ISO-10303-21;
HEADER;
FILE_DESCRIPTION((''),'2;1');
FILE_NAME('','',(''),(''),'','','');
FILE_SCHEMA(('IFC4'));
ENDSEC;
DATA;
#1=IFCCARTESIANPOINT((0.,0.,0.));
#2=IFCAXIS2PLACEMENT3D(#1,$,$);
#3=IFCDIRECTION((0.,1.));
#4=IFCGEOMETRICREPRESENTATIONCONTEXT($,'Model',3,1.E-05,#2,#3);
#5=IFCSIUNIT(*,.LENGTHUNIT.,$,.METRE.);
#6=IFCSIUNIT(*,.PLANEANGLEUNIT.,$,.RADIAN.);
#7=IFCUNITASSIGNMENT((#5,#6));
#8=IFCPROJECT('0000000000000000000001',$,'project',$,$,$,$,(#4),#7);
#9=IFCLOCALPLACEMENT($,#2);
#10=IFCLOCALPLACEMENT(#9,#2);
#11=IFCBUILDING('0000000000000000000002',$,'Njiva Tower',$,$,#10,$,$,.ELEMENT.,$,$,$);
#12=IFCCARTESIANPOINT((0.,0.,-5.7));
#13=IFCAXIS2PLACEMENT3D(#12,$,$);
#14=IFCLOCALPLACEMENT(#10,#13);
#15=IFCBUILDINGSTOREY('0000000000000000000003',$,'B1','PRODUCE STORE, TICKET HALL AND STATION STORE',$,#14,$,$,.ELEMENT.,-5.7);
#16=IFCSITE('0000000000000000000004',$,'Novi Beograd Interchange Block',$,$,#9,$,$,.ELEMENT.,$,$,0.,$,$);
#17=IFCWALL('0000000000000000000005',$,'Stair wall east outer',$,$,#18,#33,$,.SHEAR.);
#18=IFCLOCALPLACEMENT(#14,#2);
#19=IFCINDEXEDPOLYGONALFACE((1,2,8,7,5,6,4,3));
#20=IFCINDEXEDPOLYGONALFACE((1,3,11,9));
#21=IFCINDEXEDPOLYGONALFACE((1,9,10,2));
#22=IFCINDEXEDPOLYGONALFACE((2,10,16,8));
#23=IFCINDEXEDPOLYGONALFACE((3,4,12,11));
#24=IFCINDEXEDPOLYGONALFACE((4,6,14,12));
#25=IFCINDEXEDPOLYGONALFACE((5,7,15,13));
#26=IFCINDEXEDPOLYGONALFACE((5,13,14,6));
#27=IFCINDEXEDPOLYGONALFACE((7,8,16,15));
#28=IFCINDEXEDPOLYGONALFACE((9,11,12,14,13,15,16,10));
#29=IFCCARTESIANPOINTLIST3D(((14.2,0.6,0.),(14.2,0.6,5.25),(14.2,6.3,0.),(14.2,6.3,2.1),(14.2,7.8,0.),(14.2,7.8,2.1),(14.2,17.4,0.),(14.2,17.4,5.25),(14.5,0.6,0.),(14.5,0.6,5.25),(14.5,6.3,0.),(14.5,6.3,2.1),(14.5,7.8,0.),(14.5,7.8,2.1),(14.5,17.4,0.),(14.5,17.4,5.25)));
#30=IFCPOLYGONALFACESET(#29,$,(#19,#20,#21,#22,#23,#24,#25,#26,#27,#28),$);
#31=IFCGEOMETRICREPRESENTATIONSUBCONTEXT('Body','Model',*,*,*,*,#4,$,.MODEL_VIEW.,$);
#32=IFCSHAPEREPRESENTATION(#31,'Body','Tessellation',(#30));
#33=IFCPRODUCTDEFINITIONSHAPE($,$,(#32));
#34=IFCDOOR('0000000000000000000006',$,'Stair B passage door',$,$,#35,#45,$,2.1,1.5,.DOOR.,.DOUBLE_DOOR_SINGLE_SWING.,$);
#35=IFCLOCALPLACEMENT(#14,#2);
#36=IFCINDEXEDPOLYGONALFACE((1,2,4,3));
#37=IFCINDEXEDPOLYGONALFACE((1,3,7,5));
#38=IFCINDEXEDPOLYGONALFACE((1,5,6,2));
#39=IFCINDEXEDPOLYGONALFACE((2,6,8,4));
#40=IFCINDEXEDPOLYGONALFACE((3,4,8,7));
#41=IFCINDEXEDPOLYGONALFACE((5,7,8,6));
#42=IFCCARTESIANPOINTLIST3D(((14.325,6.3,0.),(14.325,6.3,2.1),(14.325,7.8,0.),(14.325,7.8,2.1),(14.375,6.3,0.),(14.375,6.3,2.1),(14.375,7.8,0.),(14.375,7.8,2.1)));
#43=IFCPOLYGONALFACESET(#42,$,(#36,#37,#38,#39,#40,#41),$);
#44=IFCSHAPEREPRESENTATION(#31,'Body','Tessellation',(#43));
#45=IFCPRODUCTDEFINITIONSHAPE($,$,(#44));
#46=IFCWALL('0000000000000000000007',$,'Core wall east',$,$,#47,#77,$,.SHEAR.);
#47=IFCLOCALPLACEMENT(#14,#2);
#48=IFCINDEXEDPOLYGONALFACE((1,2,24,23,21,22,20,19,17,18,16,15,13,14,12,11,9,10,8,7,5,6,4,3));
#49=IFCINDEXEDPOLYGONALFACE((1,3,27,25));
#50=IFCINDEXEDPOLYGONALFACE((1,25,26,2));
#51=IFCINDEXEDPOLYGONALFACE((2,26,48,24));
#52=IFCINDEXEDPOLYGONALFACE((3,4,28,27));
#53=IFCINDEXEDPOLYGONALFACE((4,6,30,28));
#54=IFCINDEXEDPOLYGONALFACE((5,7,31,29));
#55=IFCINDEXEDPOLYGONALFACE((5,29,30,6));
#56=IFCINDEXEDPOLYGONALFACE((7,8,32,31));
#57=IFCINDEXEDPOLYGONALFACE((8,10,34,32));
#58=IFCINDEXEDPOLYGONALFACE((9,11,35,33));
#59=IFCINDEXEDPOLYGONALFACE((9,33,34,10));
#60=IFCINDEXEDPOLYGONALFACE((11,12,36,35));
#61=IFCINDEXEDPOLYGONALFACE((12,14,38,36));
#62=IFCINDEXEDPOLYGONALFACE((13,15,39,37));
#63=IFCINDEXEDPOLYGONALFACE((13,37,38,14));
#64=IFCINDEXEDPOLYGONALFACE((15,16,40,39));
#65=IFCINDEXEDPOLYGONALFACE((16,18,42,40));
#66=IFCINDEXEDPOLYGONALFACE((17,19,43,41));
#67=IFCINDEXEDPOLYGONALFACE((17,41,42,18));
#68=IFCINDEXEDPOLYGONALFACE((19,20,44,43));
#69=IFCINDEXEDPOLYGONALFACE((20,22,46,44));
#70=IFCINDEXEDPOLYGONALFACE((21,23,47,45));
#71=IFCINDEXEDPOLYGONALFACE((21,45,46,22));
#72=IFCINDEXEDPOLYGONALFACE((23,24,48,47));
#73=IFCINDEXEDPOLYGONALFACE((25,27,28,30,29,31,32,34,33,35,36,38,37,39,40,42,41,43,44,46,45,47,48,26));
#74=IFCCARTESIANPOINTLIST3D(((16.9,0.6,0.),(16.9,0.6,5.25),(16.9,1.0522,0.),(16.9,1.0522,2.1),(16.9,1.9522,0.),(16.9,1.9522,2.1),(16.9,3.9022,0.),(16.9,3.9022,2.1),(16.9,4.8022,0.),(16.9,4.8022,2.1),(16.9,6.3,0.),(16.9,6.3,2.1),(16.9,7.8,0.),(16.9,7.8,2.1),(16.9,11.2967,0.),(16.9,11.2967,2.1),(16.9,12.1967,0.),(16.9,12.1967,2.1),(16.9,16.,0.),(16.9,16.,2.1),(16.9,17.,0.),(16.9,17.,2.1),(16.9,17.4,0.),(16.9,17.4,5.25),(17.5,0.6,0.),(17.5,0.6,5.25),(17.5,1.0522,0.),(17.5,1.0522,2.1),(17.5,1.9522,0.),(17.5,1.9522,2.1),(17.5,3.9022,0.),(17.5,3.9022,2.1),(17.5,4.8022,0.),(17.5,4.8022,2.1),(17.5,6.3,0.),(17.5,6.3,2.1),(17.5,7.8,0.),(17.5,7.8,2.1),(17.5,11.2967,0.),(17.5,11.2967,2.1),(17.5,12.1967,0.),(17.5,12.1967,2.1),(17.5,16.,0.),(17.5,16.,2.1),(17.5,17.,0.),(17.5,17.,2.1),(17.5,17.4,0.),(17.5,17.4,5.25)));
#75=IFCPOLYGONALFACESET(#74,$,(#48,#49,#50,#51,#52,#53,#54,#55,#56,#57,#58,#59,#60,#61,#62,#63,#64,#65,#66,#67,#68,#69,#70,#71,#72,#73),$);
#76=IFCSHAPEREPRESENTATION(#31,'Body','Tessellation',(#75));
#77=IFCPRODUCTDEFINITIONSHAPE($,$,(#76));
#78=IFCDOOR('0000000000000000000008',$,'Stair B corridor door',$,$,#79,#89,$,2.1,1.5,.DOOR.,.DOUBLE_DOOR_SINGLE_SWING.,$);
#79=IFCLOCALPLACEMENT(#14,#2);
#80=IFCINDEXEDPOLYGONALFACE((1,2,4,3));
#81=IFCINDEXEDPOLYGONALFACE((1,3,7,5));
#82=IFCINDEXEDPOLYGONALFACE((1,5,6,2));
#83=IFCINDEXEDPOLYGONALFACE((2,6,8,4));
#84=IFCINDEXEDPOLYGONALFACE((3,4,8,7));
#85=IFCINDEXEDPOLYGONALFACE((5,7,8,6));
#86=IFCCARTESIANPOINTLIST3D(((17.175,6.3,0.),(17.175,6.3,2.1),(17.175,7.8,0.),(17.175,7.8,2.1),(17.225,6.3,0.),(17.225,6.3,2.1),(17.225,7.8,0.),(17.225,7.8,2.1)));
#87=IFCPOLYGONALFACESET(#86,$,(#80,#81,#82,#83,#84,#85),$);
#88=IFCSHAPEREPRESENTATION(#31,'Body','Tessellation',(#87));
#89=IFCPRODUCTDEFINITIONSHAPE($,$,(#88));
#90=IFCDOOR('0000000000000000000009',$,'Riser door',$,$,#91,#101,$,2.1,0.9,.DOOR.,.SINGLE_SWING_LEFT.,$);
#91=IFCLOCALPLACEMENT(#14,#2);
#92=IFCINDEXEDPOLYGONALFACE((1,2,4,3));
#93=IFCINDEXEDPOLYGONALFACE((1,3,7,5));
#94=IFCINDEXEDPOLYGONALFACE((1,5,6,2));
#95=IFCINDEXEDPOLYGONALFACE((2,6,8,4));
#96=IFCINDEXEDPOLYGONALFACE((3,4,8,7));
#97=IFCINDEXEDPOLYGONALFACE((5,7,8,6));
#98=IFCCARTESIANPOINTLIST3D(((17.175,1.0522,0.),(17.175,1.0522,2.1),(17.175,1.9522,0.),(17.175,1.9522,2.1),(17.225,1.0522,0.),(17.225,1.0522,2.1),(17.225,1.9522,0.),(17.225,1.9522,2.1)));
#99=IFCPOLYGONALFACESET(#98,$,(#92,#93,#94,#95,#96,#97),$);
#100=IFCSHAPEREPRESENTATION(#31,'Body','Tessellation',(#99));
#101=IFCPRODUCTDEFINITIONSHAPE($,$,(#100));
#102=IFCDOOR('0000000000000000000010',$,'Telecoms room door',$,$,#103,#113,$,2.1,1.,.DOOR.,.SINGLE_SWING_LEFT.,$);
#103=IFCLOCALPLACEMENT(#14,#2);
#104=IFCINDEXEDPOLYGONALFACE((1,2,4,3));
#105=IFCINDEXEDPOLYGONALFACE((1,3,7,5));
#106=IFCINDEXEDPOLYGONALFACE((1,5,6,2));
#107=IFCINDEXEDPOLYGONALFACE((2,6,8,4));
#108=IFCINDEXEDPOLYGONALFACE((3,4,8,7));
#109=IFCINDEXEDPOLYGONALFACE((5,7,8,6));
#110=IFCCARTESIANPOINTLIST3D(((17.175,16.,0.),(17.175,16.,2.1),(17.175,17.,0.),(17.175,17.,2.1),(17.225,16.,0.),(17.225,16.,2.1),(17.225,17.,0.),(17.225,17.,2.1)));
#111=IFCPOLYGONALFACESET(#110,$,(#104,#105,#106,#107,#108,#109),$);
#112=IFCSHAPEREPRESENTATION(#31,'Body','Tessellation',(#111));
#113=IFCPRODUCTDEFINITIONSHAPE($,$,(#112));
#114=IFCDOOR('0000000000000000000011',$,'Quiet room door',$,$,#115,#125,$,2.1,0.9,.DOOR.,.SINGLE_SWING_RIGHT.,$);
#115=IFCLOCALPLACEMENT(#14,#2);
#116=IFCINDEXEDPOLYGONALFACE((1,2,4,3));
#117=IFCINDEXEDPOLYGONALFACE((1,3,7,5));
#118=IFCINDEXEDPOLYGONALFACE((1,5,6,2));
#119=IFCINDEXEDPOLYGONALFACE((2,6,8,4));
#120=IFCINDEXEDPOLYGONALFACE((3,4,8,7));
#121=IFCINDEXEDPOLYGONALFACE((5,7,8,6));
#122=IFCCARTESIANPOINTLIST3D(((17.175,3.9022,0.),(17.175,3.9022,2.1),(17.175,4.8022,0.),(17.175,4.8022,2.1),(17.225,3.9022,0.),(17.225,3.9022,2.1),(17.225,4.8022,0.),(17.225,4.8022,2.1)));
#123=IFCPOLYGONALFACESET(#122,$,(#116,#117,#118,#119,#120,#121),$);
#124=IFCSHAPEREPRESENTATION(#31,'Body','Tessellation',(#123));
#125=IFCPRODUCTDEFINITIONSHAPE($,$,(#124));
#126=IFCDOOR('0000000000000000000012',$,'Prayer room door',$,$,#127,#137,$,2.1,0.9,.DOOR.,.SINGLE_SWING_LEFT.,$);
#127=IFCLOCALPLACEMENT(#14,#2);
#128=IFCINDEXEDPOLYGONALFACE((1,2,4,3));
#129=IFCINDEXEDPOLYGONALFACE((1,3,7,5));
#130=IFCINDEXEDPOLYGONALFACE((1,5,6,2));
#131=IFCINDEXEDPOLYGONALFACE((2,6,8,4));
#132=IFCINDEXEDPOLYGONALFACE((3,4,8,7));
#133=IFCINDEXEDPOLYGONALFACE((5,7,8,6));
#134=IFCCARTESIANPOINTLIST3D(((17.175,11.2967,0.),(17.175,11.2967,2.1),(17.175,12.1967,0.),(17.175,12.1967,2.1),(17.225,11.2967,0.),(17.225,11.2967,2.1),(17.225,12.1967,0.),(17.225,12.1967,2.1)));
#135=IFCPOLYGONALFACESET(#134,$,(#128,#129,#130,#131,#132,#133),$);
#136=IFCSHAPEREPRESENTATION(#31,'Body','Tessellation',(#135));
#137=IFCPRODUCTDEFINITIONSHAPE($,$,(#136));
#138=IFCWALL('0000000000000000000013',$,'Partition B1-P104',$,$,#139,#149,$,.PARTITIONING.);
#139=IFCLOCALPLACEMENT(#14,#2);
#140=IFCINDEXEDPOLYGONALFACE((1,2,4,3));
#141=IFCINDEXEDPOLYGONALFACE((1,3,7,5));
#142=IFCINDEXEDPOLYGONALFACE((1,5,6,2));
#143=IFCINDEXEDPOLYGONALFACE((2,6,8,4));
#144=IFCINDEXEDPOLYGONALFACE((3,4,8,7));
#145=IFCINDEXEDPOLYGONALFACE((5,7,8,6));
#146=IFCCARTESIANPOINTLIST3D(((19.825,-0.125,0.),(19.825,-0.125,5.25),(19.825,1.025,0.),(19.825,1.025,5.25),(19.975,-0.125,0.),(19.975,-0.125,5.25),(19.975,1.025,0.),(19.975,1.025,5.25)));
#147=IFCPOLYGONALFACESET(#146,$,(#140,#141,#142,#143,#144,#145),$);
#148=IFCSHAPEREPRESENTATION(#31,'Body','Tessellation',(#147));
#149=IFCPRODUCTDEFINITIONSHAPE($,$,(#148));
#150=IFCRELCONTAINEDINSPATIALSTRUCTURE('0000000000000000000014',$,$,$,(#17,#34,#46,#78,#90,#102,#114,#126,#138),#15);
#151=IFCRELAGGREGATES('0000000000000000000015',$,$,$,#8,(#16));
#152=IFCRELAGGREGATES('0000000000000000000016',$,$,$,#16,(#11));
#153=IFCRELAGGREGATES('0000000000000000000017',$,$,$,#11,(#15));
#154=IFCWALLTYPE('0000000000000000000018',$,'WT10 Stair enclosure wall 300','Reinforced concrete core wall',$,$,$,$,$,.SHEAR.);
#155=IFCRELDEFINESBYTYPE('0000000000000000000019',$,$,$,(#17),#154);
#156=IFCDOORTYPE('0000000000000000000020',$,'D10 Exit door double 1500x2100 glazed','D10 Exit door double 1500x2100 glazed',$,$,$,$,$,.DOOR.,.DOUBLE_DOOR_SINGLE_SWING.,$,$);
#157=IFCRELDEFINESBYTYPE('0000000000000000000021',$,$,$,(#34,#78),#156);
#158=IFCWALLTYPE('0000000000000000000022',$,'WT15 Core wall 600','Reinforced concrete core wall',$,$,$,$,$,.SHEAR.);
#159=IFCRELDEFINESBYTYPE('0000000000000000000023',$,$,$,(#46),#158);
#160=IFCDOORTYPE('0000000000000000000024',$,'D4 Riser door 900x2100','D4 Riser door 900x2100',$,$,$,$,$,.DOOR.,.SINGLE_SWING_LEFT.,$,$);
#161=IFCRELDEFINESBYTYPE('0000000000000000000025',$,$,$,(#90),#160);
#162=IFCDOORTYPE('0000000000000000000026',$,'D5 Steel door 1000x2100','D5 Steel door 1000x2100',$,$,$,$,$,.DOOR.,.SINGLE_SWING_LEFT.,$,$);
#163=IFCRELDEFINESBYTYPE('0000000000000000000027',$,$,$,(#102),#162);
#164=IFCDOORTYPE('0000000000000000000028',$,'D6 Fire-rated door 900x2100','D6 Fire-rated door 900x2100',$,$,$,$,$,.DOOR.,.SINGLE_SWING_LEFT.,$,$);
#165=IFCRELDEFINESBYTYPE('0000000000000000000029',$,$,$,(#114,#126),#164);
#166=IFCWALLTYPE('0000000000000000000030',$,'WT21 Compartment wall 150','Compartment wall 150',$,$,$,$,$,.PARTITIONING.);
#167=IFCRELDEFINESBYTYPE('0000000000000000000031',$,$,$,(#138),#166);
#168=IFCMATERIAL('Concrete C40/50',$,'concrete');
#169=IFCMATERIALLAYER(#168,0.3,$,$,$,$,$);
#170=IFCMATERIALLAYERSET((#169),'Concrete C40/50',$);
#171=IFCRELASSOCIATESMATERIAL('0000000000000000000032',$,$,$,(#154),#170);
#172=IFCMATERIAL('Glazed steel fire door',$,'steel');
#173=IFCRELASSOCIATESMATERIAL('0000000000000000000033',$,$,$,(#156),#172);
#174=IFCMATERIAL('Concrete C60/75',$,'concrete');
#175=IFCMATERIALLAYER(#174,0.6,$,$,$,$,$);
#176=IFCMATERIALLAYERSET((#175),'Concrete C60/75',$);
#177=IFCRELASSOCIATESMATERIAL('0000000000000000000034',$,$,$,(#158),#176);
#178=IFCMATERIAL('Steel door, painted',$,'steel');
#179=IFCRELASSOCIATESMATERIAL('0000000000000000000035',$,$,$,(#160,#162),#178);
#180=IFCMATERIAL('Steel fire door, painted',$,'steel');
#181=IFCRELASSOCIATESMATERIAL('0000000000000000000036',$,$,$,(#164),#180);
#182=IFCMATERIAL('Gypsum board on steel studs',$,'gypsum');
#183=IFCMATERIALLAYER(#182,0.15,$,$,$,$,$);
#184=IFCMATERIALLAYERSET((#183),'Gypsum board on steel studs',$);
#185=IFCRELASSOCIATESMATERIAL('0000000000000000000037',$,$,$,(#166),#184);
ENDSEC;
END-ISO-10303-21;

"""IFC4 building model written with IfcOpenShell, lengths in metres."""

from ifc_helpers import new_model, si_unit, direction, frame, frame_2d, origin, place, context, subcontext, project, spatial, rectangle, extrude, material, layer, layer_set, type_object, element, fill, save


model = new_model("IFC4")

# Units and contexts
model_context = context("Model", 3, precision=1e-05, world=origin(), true_north=direction((0.0, 1.0)))
body_context = subcontext(model_context, "Body", "Model", "MODEL_VIEW")
ifc_project = project(units=[si_unit("LENGTHUNIT", "METRE"), si_unit("PLANEANGLEUNIT", "RADIAN")], contexts=[model_context])

# Site, building, storey
site_placement = place(None, origin())
site = spatial("IfcSite", under=ifc_project, at=site_placement, Name="Novi Beograd Interchange Block", CompositionType="ELEMENT", RefElevation=0.0)
building_placement = place(site_placement, origin())
building = spatial("IfcBuilding", under=site, at=building_placement, Name="Njiva Tower", CompositionType="ELEMENT")
storey_placement = place(building_placement, frame((0.0, 0.0, -5.7)))
storey = spatial("IfcBuildingStorey", under=building, at=storey_placement, Name="B1", Description="PRODUCE STORE, TICKET HALL AND STATION STORE", CompositionType="ELEMENT", Elevation=-5.7)

# Wall, opening, door
ifc_material_1 = material(Name="Concrete C40/50", Category="concrete")
ifc_layer_1 = layer(ifc_material_1, 0.3)
ifc_layer_set_1 = layer_set([ifc_layer_1], Name="Concrete C40/50")
wall_type_1 = type_object("IfcWallType", Name="WT10 Stair enclosure wall 300", Description="Reinforced concrete core wall", PredefinedType="SHEAR", material=ifc_layer_set_1)
wall_1_placement = place(storey_placement, frame((14.35, 0.6, 0.0), z_axis=(0.0, 0.0, 1.0), x_axis=(0.0, 1.0, 0.0)))
wall_1 = element("IfcWall", 1, at=wall_1_placement, inside=storey, type_object=wall_type_1, Name="Stair wall east outer", PredefinedType="SHEAR", context=body_context, shape_type="SweptSolid", body=[
    extrude(rectangle(XDim=16.8, YDim=0.3, at=frame_2d((8.4, 0.0))), origin(), (0.0, 0.0, 1.0), 5.25),
])
opening_1_placement = place(wall_1_placement, frame((5.7, 0.0, 0.0)))
opening_1 = element("IfcOpeningElement", 2, at=opening_1_placement, cuts=wall_1, PredefinedType="OPENING", context=body_context, shape_type="SweptSolid", body=[
    extrude(rectangle(XDim=1.5, YDim=2.1, at=frame_2d((0.75, 1.05))), frame((0.0, 0.16, 0.0), z_axis=(0.0, -1.0, 0.0), x_axis=(1.0, 0.0, 0.0)), (0.0, 0.0, 1.0), 0.32),
])
ifc_material_2 = material(Name="Glazed steel fire door", Category="steel")
door_type_1 = type_object("IfcDoorType", Name="D10 Exit door double 1500x2100 glazed", Description="D10 Exit door double 1500x2100 glazed", OperationType="DOUBLE_DOOR_SINGLE_SWING", PredefinedType="DOOR", material=ifc_material_2)
door_1_placement = place(opening_1_placement, origin())
door_1 = element("IfcDoor", 3, at=door_1_placement, inside=storey, type_object=door_type_1, Name="Stair B passage door", OperationType="DOUBLE_DOOR_SINGLE_SWING", OverallHeight=2.1, OverallWidth=1.5, PredefinedType="DOOR", context=body_context, shape_type="SweptSolid", body=[
    extrude(rectangle(XDim=1.5, YDim=2.1, at=frame_2d((0.75, 1.05))), frame((0.0, 0.025, 0.0), z_axis=(0.0, -1.0, 0.0), x_axis=(1.0, 0.0, 0.0)), (0.0, 0.0, 1.0), 0.05),
])
fill(opening_1, door_1)

# Wall, openings, doors
ifc_material_3 = material(Name="Concrete C60/75", Category="concrete")
ifc_layer_2 = layer(ifc_material_3, 0.6)
ifc_layer_set_2 = layer_set([ifc_layer_2], Name="Concrete C60/75")
wall_type_2 = type_object("IfcWallType", Name="WT15 Core wall 600", Description="Reinforced concrete core wall", PredefinedType="SHEAR", material=ifc_layer_set_2)
wall_2_placement = place(storey_placement, frame((17.2, 0.6, 0.0), z_axis=(0.0, 0.0, 1.0), x_axis=(0.0, 1.0, 0.0)))
wall_2 = element("IfcWall", 4, at=wall_2_placement, inside=storey, type_object=wall_type_2, Name="Core wall east", PredefinedType="SHEAR", context=body_context, shape_type="SweptSolid", body=[
    extrude(rectangle(XDim=16.8, YDim=0.6, at=frame_2d((8.4, 0.0))), origin(), (0.0, 0.0, 1.0), 5.25),
])
opening_2_placement = place(wall_2_placement, frame((5.7, 0.0, 0.0)))
opening_2 = element("IfcOpeningElement", 5, at=opening_2_placement, cuts=wall_2, PredefinedType="OPENING", context=body_context, shape_type="SweptSolid", body=[
    extrude(rectangle(XDim=1.5, YDim=2.1, at=frame_2d((0.75, 1.05))), frame((0.0, 0.31, 0.0), z_axis=(0.0, -1.0, 0.0), x_axis=(1.0, 0.0, 0.0)), (0.0, 0.0, 1.0), 0.62),
])
opening_3_placement = place(wall_2_placement, frame((0.4522, 0.0, 0.0)))
opening_3 = element("IfcOpeningElement", 6, at=opening_3_placement, cuts=wall_2, PredefinedType="OPENING", context=body_context, shape_type="SweptSolid", body=[
    extrude(rectangle(XDim=0.9, YDim=2.1, at=frame_2d((0.45, 1.05))), frame((0.0, 0.31, 0.0), z_axis=(0.0, -1.0, 0.0), x_axis=(1.0, 0.0, 0.0)), (0.0, 0.0, 1.0), 0.62),
])
opening_4_placement = place(wall_2_placement, frame((3.3022, 0.0, 0.0)))
opening_4 = element("IfcOpeningElement", 7, at=opening_4_placement, cuts=wall_2, PredefinedType="OPENING", context=body_context, shape_type="SweptSolid", body=[
    extrude(rectangle(XDim=0.9, YDim=2.1, at=frame_2d((0.45, 1.05))), frame((0.0, 0.31, 0.0), z_axis=(0.0, -1.0, 0.0), x_axis=(1.0, 0.0, 0.0)), (0.0, 0.0, 1.0), 0.62),
])
opening_5_placement = place(wall_2_placement, frame((10.6967, 0.0, 0.0)))
opening_5 = element("IfcOpeningElement", 8, at=opening_5_placement, cuts=wall_2, PredefinedType="OPENING", context=body_context, shape_type="SweptSolid", body=[
    extrude(rectangle(XDim=0.9, YDim=2.1, at=frame_2d((0.45, 1.05))), frame((0.0, 0.31, 0.0), z_axis=(0.0, -1.0, 0.0), x_axis=(1.0, 0.0, 0.0)), (0.0, 0.0, 1.0), 0.62),
])
opening_6_placement = place(wall_2_placement, frame((15.4, 0.0, 0.0)))
opening_6 = element("IfcOpeningElement", 9, at=opening_6_placement, cuts=wall_2, PredefinedType="OPENING", context=body_context, shape_type="SweptSolid", body=[
    extrude(rectangle(XDim=1.0, YDim=2.1, at=frame_2d((0.5, 1.05))), frame((0.0, 0.31, 0.0), z_axis=(0.0, -1.0, 0.0), x_axis=(1.0, 0.0, 0.0)), (0.0, 0.0, 1.0), 0.62),
])
door_2_placement = place(opening_2_placement, origin())
door_2 = element("IfcDoor", 10, at=door_2_placement, inside=storey, type_object=door_type_1, Name="Stair B corridor door", OperationType="DOUBLE_DOOR_SINGLE_SWING", OverallHeight=2.1, OverallWidth=1.5, PredefinedType="DOOR", context=body_context, shape_type="SweptSolid", body=[
    extrude(rectangle(XDim=1.5, YDim=2.1, at=frame_2d((0.75, 1.05))), frame((0.0, 0.025, 0.0), z_axis=(0.0, -1.0, 0.0), x_axis=(1.0, 0.0, 0.0)), (0.0, 0.0, 1.0), 0.05),
])
fill(opening_2, door_2)
ifc_material_4 = material(Name="Steel door, painted", Category="steel")
door_type_2 = type_object("IfcDoorType", Name="D4 Riser door 900x2100", Description="D4 Riser door 900x2100", OperationType="SINGLE_SWING_LEFT", PredefinedType="DOOR", material=ifc_material_4)
door_3_placement = place(opening_3_placement, origin())
door_3 = element("IfcDoor", 11, at=door_3_placement, inside=storey, type_object=door_type_2, Name="Riser door", OperationType="SINGLE_SWING_LEFT", OverallHeight=2.1, OverallWidth=0.9, PredefinedType="DOOR", context=body_context, shape_type="SweptSolid", body=[
    extrude(rectangle(XDim=0.9, YDim=2.1, at=frame_2d((0.45, 1.05))), frame((0.0, 0.025, 0.0), z_axis=(0.0, -1.0, 0.0), x_axis=(1.0, 0.0, 0.0)), (0.0, 0.0, 1.0), 0.05),
])
fill(opening_3, door_3)
door_type_3 = type_object("IfcDoorType", Name="D5 Steel door 1000x2100", Description="D5 Steel door 1000x2100", OperationType="SINGLE_SWING_LEFT", PredefinedType="DOOR", material=ifc_material_4)
door_4_placement = place(opening_6_placement, origin())
door_4 = element("IfcDoor", 12, at=door_4_placement, inside=storey, type_object=door_type_3, Name="Telecoms room door", OperationType="SINGLE_SWING_LEFT", OverallHeight=2.1, OverallWidth=1.0, PredefinedType="DOOR", context=body_context, shape_type="SweptSolid", body=[
    extrude(rectangle(XDim=1.0, YDim=2.1, at=frame_2d((0.5, 1.05))), frame((0.0, 0.025, 0.0), z_axis=(0.0, -1.0, 0.0), x_axis=(1.0, 0.0, 0.0)), (0.0, 0.0, 1.0), 0.05),
])
fill(opening_6, door_4)
ifc_material_5 = material(Name="Steel fire door, painted", Category="steel")
door_type_4 = type_object("IfcDoorType", Name="D6 Fire-rated door 900x2100", Description="D6 Fire-rated door 900x2100", OperationType="SINGLE_SWING_LEFT", PredefinedType="DOOR", material=ifc_material_5)
door_5_placement = place(opening_4_placement, origin())
door_5 = element("IfcDoor", 13, at=door_5_placement, inside=storey, type_object=door_type_4, Name="Quiet room door", OperationType="SINGLE_SWING_RIGHT", OverallHeight=2.1, OverallWidth=0.9, PredefinedType="DOOR", context=body_context, shape_type="SweptSolid", body=[
    extrude(rectangle(XDim=0.9, YDim=2.1, at=frame_2d((0.45, 1.05))), frame((0.0, 0.025, 0.0), z_axis=(0.0, -1.0, 0.0), x_axis=(1.0, 0.0, 0.0)), (0.0, 0.0, 1.0), 0.05),
])
fill(opening_4, door_5)
door_6_placement = place(opening_5_placement, origin())
door_6 = element("IfcDoor", 14, at=door_6_placement, inside=storey, type_object=door_type_4, Name="Prayer room door", OperationType="SINGLE_SWING_LEFT", OverallHeight=2.1, OverallWidth=0.9, PredefinedType="DOOR", context=body_context, shape_type="SweptSolid", body=[
    extrude(rectangle(XDim=0.9, YDim=2.1, at=frame_2d((0.45, 1.05))), frame((0.0, 0.025, 0.0), z_axis=(0.0, -1.0, 0.0), x_axis=(1.0, 0.0, 0.0)), (0.0, 0.0, 1.0), 0.05),
])
fill(opening_5, door_6)

# Wall
ifc_material_6 = material(Name="Gypsum board on steel studs", Category="gypsum")
ifc_layer_3 = layer(ifc_material_6, 0.15)
ifc_layer_set_3 = layer_set([ifc_layer_3], Name="Gypsum board on steel studs")
wall_type_3 = type_object("IfcWallType", Name="WT21 Compartment wall 150", Description="Compartment wall 150", PredefinedType="PARTITIONING", material=ifc_layer_set_3)
wall_3_placement = place(storey_placement, frame((19.9, -0.125, 0.0), z_axis=(0.0, 0.0, 1.0), x_axis=(0.0, 1.0, 0.0)))
element("IfcWall", 15, at=wall_3_placement, inside=storey, type_object=wall_type_3, Name="Partition B1-P104", PredefinedType="PARTITIONING", context=body_context, shape_type="SweptSolid", body=[
    extrude(rectangle(XDim=1.15, YDim=0.15, at=frame_2d((0.575, 0.0))), origin(), (0.0, 0.0, 1.0), 5.25),
])

save(model, "model.ifc")
